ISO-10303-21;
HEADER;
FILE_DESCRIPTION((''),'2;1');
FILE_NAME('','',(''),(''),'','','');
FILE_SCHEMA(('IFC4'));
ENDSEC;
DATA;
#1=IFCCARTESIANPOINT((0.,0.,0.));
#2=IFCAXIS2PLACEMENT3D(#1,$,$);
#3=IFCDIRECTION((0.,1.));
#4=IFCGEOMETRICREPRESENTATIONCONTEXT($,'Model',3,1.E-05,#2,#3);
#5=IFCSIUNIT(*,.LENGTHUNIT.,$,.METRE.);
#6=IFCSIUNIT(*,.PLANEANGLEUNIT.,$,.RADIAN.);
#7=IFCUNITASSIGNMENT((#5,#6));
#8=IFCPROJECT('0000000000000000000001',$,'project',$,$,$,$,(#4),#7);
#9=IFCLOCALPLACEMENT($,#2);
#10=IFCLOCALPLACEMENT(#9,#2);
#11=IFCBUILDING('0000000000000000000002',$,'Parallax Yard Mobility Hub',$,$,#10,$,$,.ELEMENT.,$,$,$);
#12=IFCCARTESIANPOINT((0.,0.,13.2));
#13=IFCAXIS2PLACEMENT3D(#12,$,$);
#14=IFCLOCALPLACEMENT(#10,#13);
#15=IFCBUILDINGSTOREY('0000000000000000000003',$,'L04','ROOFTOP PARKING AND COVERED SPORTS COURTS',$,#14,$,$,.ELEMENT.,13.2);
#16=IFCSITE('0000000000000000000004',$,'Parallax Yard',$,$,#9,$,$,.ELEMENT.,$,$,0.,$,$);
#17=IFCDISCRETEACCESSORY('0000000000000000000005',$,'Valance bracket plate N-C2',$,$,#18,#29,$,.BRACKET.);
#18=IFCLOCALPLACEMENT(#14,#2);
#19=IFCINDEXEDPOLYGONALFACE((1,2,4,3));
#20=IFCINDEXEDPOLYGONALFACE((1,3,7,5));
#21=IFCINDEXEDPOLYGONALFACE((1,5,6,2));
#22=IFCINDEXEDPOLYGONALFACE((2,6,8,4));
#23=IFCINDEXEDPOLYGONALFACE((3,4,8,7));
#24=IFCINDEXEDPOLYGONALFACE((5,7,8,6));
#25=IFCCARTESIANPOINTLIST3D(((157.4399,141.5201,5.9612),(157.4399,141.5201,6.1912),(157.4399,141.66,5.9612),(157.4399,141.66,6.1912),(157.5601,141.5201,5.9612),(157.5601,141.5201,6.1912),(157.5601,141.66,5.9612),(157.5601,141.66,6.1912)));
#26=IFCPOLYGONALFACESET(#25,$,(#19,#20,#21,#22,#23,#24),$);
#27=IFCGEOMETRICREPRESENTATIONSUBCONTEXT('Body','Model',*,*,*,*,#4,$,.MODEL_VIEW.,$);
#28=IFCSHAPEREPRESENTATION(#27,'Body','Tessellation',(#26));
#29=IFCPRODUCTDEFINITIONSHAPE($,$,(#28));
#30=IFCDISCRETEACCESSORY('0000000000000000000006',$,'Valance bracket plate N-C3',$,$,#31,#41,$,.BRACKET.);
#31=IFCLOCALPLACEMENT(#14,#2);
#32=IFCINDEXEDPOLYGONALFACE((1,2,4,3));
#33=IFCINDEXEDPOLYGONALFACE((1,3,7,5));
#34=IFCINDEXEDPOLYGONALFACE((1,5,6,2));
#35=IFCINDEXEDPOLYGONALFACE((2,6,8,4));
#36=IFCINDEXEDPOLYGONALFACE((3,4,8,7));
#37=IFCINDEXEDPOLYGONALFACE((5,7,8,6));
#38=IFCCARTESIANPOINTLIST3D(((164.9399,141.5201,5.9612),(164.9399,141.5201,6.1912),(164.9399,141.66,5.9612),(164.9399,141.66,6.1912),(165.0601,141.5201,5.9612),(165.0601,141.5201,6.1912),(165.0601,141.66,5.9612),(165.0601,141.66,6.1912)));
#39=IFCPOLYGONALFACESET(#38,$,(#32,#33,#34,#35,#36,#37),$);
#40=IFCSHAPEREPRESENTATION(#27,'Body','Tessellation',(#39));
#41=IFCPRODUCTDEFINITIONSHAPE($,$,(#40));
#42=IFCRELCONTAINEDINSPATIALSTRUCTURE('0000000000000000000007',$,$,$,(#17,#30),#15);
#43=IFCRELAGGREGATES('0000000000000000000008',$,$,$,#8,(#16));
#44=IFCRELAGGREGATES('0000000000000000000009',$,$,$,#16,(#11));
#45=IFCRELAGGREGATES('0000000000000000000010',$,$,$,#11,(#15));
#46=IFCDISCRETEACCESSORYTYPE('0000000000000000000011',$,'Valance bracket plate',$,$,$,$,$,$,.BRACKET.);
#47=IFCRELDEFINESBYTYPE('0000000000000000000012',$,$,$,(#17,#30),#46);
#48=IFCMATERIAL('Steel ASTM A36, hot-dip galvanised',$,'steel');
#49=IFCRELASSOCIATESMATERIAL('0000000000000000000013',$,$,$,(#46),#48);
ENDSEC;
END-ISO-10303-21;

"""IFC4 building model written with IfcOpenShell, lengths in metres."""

from ifc_helpers import new_model, si_unit, direction, frame, origin, origin_2d, place, context, subcontext, project, spatial, rectangle, extrude, material, type_object, element, save


model = new_model("IFC4")

# Units and contexts
model_context = context("Model", 3, precision=1e-05, world=origin(), true_north=direction((0.0, 1.0)))
body_context = subcontext(model_context, "Body", "Model", "MODEL_VIEW")
ifc_project = project(units=[si_unit("LENGTHUNIT", "METRE"), si_unit("PLANEANGLEUNIT", "RADIAN")], contexts=[model_context])

# Site, building, storey
site_placement = place(None, origin())
site = spatial("IfcSite", under=ifc_project, at=site_placement, Name="Parallax Yard", CompositionType="ELEMENT", RefElevation=0.0)
building_placement = place(site_placement, origin())
building = spatial("IfcBuilding", under=site, at=building_placement, Name="Parallax Yard Mobility Hub", CompositionType="ELEMENT")
storey_placement = place(building_placement, frame((0.0, 0.0, 13.2)))
storey = spatial("IfcBuildingStorey", under=building, at=storey_placement, Name="L04", Description="ROOFTOP PARKING AND COVERED SPORTS COURTS", CompositionType="ELEMENT", Elevation=13.2)

# Discrete accessories
ifc_material_1 = material(Name="Steel ASTM A36, hot-dip galvanised", Category="steel")
discrete_accessory_type_1 = type_object("IfcDiscreteAccessoryType", Name="Valance bracket plate", PredefinedType="BRACKET", material=ifc_material_1)
for number, where, z_axis, x_axis, name in (
    (1, (157.5, 141.5901, 5.9612), (0.0, 0.0, 1.0), (0.0, 1.0, 0.0), "Valance bracket plate N-C2"),
    (2, (165.0, 141.5901, 5.9612), (0.0, 0.0, 1.0), (0.0, 1.0, 0.0), "Valance bracket plate N-C3"),
):
    element("IfcDiscreteAccessory", number, at=place(storey_placement, frame(where, z_axis=z_axis, x_axis=x_axis)), inside=storey, type_object=discrete_accessory_type_1, Name=name, PredefinedType="BRACKET", context=body_context, shape_type="SweptSolid", body=[
        extrude(rectangle(XDim=0.1399, YDim=0.1201, at=origin_2d()), origin(), (0.0, 0.0, 1.0), 0.23),
    ])

save(model, "model.ifc")
